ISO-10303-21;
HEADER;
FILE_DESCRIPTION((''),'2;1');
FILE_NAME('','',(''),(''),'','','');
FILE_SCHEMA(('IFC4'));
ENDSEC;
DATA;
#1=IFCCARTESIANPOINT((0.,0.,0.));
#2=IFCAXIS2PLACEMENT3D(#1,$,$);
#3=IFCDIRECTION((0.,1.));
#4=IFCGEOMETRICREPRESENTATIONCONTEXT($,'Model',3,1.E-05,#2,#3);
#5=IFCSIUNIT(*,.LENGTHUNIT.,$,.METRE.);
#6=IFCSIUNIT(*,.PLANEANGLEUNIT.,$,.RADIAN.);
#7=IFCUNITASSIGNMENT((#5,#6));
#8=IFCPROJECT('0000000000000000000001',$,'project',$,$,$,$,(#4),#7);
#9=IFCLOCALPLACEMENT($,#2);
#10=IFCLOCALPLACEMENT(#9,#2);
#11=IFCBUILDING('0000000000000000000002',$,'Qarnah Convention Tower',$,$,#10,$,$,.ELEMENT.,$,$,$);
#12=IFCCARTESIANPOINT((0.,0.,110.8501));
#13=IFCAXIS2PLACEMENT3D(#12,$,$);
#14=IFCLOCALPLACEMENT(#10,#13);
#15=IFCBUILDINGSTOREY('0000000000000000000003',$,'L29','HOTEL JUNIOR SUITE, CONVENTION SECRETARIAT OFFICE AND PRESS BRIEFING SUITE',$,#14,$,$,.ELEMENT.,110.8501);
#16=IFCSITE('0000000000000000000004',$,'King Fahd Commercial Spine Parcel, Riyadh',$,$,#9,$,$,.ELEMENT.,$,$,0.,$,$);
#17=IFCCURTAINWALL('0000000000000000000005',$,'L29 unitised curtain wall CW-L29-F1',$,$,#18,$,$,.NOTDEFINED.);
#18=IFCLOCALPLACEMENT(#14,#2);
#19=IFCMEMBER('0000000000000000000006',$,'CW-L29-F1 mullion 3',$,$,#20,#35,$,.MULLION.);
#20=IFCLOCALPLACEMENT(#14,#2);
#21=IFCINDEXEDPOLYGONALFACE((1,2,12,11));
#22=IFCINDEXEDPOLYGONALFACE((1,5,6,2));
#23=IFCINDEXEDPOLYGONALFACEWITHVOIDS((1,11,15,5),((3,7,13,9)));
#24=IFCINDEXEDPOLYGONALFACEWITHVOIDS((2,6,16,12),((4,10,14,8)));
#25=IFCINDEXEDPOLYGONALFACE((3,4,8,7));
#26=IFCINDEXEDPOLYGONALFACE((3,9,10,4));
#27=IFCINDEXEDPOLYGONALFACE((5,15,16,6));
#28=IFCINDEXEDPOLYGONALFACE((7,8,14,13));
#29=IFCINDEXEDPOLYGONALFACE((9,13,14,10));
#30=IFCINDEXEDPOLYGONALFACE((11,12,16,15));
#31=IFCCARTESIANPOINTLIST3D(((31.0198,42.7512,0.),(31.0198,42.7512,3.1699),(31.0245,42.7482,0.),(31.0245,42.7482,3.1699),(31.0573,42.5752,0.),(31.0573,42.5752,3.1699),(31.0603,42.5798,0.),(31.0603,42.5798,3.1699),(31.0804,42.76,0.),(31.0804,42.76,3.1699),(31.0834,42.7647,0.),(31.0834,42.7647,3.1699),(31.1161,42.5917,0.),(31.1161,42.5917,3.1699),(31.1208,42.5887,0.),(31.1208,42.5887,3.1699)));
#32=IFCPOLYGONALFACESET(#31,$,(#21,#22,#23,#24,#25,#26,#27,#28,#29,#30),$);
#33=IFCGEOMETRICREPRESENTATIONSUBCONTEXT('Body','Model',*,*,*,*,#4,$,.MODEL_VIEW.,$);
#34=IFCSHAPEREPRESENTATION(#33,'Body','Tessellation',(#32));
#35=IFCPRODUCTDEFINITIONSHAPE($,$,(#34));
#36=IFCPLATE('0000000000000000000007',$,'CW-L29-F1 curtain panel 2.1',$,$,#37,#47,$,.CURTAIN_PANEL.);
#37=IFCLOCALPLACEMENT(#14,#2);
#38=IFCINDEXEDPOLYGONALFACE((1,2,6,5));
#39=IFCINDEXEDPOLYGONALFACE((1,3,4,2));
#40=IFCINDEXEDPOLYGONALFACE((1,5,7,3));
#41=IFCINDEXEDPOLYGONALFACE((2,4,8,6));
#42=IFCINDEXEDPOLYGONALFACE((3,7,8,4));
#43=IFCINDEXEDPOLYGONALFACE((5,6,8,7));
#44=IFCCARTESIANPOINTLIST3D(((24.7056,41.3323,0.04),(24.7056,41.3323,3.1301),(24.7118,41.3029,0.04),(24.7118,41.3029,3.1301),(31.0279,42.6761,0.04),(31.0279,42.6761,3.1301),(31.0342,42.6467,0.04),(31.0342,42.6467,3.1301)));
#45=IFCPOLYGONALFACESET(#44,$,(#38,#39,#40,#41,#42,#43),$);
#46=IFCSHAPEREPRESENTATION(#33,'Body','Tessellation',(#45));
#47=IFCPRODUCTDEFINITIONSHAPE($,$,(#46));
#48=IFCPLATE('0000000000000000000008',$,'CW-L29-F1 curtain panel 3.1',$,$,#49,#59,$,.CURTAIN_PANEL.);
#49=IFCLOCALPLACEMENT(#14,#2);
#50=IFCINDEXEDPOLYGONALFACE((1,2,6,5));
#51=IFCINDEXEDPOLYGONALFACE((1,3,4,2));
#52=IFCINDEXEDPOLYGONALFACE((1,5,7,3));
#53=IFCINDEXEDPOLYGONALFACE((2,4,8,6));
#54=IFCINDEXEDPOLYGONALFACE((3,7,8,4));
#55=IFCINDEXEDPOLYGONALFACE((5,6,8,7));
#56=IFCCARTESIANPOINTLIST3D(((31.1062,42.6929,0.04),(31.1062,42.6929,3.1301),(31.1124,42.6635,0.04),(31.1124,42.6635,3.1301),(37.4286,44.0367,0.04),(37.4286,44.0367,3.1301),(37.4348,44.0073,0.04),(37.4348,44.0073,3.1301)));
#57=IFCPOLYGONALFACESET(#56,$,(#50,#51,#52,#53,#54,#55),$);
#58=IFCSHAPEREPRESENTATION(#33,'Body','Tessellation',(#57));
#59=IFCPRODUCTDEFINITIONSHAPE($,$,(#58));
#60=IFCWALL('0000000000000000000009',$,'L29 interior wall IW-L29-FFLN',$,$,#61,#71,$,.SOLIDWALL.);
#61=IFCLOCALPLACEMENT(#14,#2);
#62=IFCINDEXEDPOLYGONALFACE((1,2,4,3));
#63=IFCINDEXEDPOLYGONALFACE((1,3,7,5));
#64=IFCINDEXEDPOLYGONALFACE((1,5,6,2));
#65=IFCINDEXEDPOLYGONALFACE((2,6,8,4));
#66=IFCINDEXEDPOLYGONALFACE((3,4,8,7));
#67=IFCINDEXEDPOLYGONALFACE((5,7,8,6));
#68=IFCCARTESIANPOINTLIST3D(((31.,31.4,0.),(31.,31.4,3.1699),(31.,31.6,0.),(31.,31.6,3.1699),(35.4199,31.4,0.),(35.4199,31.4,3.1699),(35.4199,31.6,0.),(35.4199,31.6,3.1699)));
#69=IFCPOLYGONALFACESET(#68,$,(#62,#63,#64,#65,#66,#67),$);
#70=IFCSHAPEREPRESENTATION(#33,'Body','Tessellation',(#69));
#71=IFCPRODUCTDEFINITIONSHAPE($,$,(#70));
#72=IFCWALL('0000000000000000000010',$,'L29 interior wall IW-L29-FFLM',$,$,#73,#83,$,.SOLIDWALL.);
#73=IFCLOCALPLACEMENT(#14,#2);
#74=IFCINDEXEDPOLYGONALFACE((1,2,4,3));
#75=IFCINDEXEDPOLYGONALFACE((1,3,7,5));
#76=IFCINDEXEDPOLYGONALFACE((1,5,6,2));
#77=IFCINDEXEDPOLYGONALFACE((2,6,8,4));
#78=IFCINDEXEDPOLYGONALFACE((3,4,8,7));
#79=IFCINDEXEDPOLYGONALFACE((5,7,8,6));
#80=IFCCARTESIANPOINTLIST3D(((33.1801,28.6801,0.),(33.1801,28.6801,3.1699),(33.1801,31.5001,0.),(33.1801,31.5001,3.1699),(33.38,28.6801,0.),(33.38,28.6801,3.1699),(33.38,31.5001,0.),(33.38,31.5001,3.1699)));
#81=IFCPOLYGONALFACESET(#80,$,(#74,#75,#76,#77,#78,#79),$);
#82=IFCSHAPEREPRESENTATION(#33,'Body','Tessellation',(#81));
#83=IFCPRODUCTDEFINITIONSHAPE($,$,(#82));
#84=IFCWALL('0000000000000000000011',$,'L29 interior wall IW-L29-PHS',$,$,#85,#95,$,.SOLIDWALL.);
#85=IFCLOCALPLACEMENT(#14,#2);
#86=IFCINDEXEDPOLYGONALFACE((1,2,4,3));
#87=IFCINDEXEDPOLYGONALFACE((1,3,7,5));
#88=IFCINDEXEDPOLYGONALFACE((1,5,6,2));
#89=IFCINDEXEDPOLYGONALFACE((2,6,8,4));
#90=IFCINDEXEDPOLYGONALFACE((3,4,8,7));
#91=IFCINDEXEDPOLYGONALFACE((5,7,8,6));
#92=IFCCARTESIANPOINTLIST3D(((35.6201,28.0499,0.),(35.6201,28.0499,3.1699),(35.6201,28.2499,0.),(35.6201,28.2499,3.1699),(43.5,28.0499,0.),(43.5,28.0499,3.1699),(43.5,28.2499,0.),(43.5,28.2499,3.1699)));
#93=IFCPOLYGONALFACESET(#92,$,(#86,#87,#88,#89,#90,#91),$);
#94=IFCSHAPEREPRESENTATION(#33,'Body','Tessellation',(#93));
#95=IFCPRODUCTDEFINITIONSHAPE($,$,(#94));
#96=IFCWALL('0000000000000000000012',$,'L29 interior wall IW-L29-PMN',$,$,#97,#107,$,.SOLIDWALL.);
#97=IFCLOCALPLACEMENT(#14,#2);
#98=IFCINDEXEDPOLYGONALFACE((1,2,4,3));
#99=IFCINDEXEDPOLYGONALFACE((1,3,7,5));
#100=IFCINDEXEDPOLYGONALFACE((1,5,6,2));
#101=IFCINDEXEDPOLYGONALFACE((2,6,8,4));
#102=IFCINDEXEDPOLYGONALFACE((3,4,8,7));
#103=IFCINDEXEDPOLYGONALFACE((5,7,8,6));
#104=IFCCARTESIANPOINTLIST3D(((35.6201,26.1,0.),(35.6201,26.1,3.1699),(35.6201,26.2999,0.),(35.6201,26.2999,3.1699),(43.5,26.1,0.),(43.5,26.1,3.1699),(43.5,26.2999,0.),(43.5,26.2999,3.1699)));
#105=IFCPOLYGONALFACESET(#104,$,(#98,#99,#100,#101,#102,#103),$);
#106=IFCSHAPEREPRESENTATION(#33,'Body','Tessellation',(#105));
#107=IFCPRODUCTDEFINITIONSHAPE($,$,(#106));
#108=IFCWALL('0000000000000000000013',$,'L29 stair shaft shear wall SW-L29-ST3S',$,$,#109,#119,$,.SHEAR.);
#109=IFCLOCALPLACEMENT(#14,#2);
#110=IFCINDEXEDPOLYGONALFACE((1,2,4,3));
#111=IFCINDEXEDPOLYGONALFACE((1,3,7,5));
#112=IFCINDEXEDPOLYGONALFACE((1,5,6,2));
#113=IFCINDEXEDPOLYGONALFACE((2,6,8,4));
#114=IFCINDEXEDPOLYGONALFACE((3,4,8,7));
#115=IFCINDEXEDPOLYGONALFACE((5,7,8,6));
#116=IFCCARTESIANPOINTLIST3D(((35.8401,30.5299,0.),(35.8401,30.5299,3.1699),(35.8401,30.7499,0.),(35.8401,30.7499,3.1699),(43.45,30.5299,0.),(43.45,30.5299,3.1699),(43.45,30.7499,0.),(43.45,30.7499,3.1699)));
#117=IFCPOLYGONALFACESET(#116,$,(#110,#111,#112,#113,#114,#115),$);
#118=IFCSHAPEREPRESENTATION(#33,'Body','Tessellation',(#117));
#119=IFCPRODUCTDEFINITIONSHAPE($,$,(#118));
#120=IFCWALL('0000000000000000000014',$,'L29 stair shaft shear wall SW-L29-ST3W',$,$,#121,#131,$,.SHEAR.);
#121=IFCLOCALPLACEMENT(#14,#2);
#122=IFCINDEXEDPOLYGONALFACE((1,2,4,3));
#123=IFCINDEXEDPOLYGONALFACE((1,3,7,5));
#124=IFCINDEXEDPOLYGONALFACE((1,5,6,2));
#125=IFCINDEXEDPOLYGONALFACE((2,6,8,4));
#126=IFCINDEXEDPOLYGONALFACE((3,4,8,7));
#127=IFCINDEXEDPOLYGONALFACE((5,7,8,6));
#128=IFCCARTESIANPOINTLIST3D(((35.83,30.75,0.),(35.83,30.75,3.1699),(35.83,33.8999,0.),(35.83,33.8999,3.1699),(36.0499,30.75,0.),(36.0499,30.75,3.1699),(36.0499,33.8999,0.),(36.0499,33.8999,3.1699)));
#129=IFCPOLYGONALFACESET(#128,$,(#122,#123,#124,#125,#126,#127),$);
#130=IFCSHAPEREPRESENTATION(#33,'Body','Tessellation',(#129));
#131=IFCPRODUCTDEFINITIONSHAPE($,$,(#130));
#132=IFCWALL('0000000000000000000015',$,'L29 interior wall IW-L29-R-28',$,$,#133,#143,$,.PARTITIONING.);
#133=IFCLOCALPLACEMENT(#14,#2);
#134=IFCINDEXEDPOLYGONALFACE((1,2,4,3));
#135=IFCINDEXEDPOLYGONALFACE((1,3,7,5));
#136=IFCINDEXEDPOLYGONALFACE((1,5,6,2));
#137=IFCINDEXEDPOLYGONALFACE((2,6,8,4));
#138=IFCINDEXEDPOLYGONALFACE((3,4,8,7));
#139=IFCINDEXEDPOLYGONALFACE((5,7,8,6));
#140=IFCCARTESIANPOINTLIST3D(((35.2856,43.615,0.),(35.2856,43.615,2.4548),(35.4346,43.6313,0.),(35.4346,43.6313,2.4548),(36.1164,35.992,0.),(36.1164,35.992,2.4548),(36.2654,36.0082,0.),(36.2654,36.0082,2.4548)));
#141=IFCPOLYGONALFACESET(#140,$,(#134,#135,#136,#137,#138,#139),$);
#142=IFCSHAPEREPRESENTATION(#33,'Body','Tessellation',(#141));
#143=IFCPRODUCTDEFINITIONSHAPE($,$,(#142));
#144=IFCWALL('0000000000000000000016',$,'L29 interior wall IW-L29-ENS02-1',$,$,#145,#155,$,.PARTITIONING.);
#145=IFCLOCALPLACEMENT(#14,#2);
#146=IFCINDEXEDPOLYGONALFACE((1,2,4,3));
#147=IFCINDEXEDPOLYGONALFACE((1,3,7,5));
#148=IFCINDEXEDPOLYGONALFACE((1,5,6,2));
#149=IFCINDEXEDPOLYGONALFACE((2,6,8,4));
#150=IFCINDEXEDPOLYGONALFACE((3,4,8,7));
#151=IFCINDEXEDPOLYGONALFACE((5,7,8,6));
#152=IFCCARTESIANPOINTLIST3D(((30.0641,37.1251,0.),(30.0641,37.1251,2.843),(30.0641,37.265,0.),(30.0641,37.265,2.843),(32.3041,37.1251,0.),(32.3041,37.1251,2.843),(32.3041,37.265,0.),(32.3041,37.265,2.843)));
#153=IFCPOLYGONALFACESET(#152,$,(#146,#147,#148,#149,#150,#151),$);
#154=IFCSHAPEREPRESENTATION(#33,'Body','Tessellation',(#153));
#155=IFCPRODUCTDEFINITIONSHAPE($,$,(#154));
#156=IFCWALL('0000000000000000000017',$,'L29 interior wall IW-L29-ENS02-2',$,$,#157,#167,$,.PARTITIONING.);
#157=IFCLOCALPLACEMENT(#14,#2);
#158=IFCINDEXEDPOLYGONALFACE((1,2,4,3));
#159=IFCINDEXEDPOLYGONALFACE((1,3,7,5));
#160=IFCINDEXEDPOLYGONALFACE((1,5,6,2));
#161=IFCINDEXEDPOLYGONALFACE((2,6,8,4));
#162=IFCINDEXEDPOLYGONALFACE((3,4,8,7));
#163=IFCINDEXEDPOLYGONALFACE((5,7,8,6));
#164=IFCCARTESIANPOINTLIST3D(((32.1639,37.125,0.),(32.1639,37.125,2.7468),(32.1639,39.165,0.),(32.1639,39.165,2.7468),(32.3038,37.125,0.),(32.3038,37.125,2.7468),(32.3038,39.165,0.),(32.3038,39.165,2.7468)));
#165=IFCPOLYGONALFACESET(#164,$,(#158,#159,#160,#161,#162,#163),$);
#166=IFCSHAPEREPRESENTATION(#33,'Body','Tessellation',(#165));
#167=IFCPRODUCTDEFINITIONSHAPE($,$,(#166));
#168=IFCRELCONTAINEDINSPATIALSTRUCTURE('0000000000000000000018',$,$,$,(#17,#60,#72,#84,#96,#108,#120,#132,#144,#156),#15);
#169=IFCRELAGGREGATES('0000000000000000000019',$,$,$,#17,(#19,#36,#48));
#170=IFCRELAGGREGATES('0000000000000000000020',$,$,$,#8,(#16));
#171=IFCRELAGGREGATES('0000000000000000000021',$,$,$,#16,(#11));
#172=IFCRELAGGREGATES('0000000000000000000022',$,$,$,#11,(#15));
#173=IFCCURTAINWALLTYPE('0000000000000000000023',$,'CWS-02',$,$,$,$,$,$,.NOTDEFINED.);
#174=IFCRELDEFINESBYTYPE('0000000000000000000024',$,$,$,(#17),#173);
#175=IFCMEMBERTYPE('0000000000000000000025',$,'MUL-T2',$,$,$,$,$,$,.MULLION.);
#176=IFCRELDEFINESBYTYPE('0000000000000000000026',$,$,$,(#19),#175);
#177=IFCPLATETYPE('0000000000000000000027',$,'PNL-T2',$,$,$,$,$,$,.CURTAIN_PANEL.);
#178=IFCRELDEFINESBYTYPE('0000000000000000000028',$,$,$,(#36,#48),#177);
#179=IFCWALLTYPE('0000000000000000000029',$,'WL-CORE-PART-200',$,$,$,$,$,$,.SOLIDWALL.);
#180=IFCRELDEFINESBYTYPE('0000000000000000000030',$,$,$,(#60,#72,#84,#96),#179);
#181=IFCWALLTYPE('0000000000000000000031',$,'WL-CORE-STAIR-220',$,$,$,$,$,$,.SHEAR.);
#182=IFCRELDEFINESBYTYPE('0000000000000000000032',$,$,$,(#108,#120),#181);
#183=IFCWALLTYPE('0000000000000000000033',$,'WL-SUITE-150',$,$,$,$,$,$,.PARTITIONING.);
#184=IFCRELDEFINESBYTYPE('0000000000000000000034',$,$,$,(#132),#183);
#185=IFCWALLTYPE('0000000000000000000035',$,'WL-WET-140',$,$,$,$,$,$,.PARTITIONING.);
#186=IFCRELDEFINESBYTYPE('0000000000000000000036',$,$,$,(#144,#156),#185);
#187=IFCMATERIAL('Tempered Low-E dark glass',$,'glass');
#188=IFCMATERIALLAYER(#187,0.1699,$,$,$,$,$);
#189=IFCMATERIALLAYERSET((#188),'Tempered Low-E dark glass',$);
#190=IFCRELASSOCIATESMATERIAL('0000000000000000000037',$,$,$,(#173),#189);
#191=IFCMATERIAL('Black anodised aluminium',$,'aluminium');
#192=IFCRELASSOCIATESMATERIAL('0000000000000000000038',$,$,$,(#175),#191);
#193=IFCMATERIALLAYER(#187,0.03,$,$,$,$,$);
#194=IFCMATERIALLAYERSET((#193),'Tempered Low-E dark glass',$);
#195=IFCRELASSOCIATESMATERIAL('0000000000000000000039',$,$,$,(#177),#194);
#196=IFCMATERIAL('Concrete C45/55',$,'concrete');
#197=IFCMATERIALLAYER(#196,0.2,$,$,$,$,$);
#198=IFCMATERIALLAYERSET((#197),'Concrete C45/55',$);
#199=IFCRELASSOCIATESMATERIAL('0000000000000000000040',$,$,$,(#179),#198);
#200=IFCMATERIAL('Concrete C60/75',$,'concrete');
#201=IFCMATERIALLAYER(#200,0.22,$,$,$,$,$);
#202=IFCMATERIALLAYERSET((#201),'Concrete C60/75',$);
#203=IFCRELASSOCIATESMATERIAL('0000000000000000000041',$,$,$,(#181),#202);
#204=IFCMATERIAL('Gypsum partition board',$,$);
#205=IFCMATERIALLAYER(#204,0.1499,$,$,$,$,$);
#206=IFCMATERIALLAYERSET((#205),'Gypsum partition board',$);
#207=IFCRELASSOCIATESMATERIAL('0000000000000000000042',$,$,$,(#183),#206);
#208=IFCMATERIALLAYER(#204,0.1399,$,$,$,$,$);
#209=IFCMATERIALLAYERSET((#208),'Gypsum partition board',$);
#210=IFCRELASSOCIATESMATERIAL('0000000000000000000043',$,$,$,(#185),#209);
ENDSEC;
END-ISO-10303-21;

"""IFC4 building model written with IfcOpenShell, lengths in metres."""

from ifc_helpers import new_model, si_unit, direction, frame, frame_2d, origin, origin_2d, place, context, subcontext, project, spatial, rectangle, hollow_rectangle, extrude, material, layer, layer_set, material_profile, profile_set, type_object, element, aggregate, save


model = new_model("IFC4")

# Units and contexts
model_context = context("Model", 3, precision=1e-05, world=origin(), true_north=direction((0.0, 1.0)))
body_context = subcontext(model_context, "Body", "Model", "MODEL_VIEW")
ifc_project = project(units=[si_unit("LENGTHUNIT", "METRE"), si_unit("PLANEANGLEUNIT", "RADIAN")], contexts=[model_context])

# Site, building, storey
site_placement = place(None, origin())
site = spatial("IfcSite", under=ifc_project, at=site_placement, Name="King Fahd Commercial Spine Parcel, Riyadh", CompositionType="ELEMENT", RefElevation=0.0)
building_placement = place(site_placement, origin())
building = spatial("IfcBuilding", under=site, at=building_placement, Name="Qarnah Convention Tower", CompositionType="ELEMENT")
storey_placement = place(building_placement, frame((0.0, 0.0, 110.8501)))
storey = spatial("IfcBuildingStorey", under=building, at=storey_placement, Name="L29", Description="HOTEL JUNIOR SUITE, CONVENTION SECRETARIAT OFFICE AND PRESS BRIEFING SUITE", CompositionType="ELEMENT", Elevation=110.8501)

# Shared definitions
ifc_material_1 = material(Name="Concrete C60/75", Category="concrete")

# Curtain wall, member, plates
ifc_material_2 = material(Name="Tempered Low-E dark glass", Category="glass")
ifc_layer_1 = layer(ifc_material_2, 0.1699)
ifc_layer_set_1 = layer_set([ifc_layer_1], Name="Tempered Low-E dark glass")
curtain_wall_type = type_object("IfcCurtainWallType", Name="CWS-02", PredefinedType="NOTDEFINED", material=ifc_layer_set_1)
curtain_wall_placement = place(storey_placement, origin())
curtain_wall = element("IfcCurtainWall", 1, at=curtain_wall_placement, inside=storey, type_object=curtain_wall_type, Name="L29 unitised curtain wall CW-L29-F1", PredefinedType="NOTDEFINED")
ifc_material_3 = material(Name="Black anodised aluminium", Category="aluminium")
ifc_material_profile_1 = material_profile(ifc_material_3, hollow_rectangle(XDim=0.0649, YDim=0.1799, WallThickness=0.0039, at=origin_2d()), Name="MUL-65X180")
ifc_profile_set_1 = profile_set([ifc_material_profile_1], Name="Black anodised aluminium")
member_type = type_object("IfcMemberType", Name="MUL-T2", PredefinedType="MULLION", material=ifc_profile_set_1)
member_placement = place(storey_placement, frame((31.0703, 42.6699, 0.0), z_axis=(0.0, 0.0, 1.0), x_axis=(0.97815, 0.207899, 0.0)))
member = element("IfcMember", 2, at=member_placement, type_object=member_type, Name="CW-L29-F1 mullion 3", PredefinedType="MULLION", context=body_context, shape_type="SweptSolid", body=[
    extrude(hollow_rectangle(XDim=0.0649, YDim=0.1799, WallThickness=0.0039, at=origin_2d()), origin(), (0.0, 0.0, 1.0), 3.1699),
])
ifc_layer_2 = layer(ifc_material_2, 0.03)
ifc_layer_set_2 = layer_set([ifc_layer_2], Name="Tempered Low-E dark glass")
plate_type = type_object("IfcPlateType", Name="PNL-T2", PredefinedType="CURTAIN_PANEL", material=ifc_layer_set_2)
plate_1_placement = place(storey_placement, frame((27.8699, 41.9895, 0.04), z_axis=(0.0, 0.0, 1.0), x_axis=(0.97815, 0.207899, 0.0)))
plate_1 = element("IfcPlate", 3, at=plate_1_placement, type_object=plate_type, Name="CW-L29-F1 curtain panel 2.1", PredefinedType="CURTAIN_PANEL", context=body_context, shape_type="SweptSolid", body=[
    extrude(rectangle(XDim=6.4636, YDim=0.03, at=origin_2d()), origin(), (0.0, 0.0, 1.0), 3.0901),
])
plate_2_placement = place(storey_placement, frame((34.2705, 43.3501, 0.04), z_axis=(0.0, 0.0, 1.0), x_axis=(0.97815, 0.207899, 0.0)))
plate_2 = element("IfcPlate", 4, at=plate_2_placement, type_object=plate_type, Name="CW-L29-F1 curtain panel 3.1", PredefinedType="CURTAIN_PANEL", context=body_context, shape_type="SweptSolid", body=[
    extrude(rectangle(XDim=6.4636, YDim=0.03, at=origin_2d()), origin(), (0.0, 0.0, 1.0), 3.0901),
])
aggregate(curtain_wall, [member, plate_1, plate_2])

# Shared definitions
ifc_material_4 = material(Name="Concrete C45/55", Category="concrete")
ifc_layer_3 = layer(ifc_material_4, 0.2)
ifc_layer_set_3 = layer_set([ifc_layer_3], Name="Concrete C45/55")
wall_type_1 = type_object("IfcWallType", Name="WL-CORE-PART-200", PredefinedType="SOLIDWALL", material=ifc_layer_set_3)

# Walls
wall_1_placement = place(storey_placement, frame((31.0, 31.5, 0.0), z_axis=(0.0, 0.0, 1.0), x_axis=(1.0, 0.0, 0.0)))
element("IfcWall", 5, at=wall_1_placement, inside=storey, type_object=wall_type_1, Name="L29 interior wall IW-L29-FFLN", PredefinedType="SOLIDWALL", context=body_context, shape_type="SweptSolid", body=[
    extrude(rectangle(XDim=4.4199, YDim=0.2, at=frame_2d((2.21, 0.0))), origin(), (0.0, 0.0, 1.0), 3.1699),
])
wall_2_placement = place(storey_placement, frame((33.28, 28.6799, 0.0), z_axis=(0.0, 0.0, 1.0), x_axis=(0.0, 1.0, 0.0)))
element("IfcWall", 6, at=wall_2_placement, inside=storey, type_object=wall_type_1, Name="L29 interior wall IW-L29-FFLM", PredefinedType="SOLIDWALL", context=body_context, shape_type="SweptSolid", body=[
    extrude(rectangle(XDim=2.8201, YDim=0.2, at=frame_2d((1.4102, 0.0))), origin(), (0.0, 0.0, 1.0), 3.1699),
])
for number, where, z_axis, x_axis, name in (
    (7, (35.6201, 28.1499, 0.0), (0.0, 0.0, 1.0), (1.0, 0.0, 0.0), "L29 interior wall IW-L29-PHS"),
    (8, (35.6201, 26.2, 0.0), (0.0, 0.0, 1.0), (1.0, 0.0, 0.0), "L29 interior wall IW-L29-PMN"),
):
    element("IfcWall", number, at=place(storey_placement, frame(where, z_axis=z_axis, x_axis=x_axis)), inside=storey, type_object=wall_type_1, Name=name, PredefinedType="SOLIDWALL", context=body_context, shape_type="SweptSolid", body=[
        extrude(rectangle(XDim=7.8799, YDim=0.2, at=frame_2d((3.9399, 0.0))), origin(), (0.0, 0.0, 1.0), 3.1699),
    ])
ifc_layer_4 = layer(ifc_material_1, 0.22)
ifc_layer_set_4 = layer_set([ifc_layer_4], Name="Concrete C60/75")
wall_type_2 = type_object("IfcWallType", Name="WL-CORE-STAIR-220", PredefinedType="SHEAR", material=ifc_layer_set_4)
wall_3_placement = place(storey_placement, frame((35.8401, 30.6399, 0.0), z_axis=(0.0, 0.0, 1.0), x_axis=(1.0, 0.0, 0.0)))
element("IfcWall", 9, at=wall_3_placement, inside=storey, type_object=wall_type_2, Name="L29 stair shaft shear wall SW-L29-ST3S", PredefinedType="SHEAR", context=body_context, shape_type="SweptSolid", body=[
    extrude(rectangle(XDim=7.6099, YDim=0.22, at=frame_2d((3.8049, 0.0))), origin(), (0.0, 0.0, 1.0), 3.1699),
])
wall_4_placement = place(storey_placement, frame((35.9399, 30.75, 0.0), z_axis=(0.0, 0.0, 1.0), x_axis=(0.0, 1.0, 0.0)))
element("IfcWall", 10, at=wall_4_placement, inside=storey, type_object=wall_type_2, Name="L29 stair shaft shear wall SW-L29-ST3W", PredefinedType="SHEAR", context=body_context, shape_type="SweptSolid", body=[
    extrude(rectangle(XDim=3.1499, YDim=0.22, at=frame_2d((1.575, 0.0))), origin(), (0.0, 0.0, 1.0), 3.1699),
])
ifc_material_5 = material(Name="Gypsum partition board")
ifc_layer_5 = layer(ifc_material_5, 0.1499)
ifc_layer_set_5 = layer_set([ifc_layer_5], Name="Gypsum partition board")
wall_type_3 = type_object("IfcWallType", Name="WL-SUITE-150", PredefinedType="PARTITIONING", material=ifc_layer_set_5)
wall_5_placement = place(storey_placement, frame((35.3601, 43.623, 0.0), z_axis=(0.0, 0.0, 1.0), x_axis=(0.108345, -0.994113, 0.0)))
element("IfcWall", 11, at=wall_5_placement, inside=storey, type_object=wall_type_3, Name="L29 interior wall IW-L29-R-28", PredefinedType="PARTITIONING", context=body_context, shape_type="SweptSolid", body=[
    extrude(rectangle(XDim=7.6682, YDim=0.1499, at=frame_2d((3.834, 0.0))), origin(), (0.0, 0.0, 1.0), 2.4548),
])

# Walls
ifc_layer_6 = layer(ifc_material_5, 0.1399)
ifc_layer_set_6 = layer_set([ifc_layer_6], Name="Gypsum partition board")
wall_type_4 = type_object("IfcWallType", Name="WL-WET-140", PredefinedType="PARTITIONING", material=ifc_layer_set_6)
wall_6_placement = place(storey_placement, frame((30.064, 37.1951, 0.0), z_axis=(0.0, 0.0, 1.0), x_axis=(1.0, 0.0, 0.0)))
element("IfcWall", 12, at=wall_6_placement, inside=storey, type_object=wall_type_4, Name="L29 interior wall IW-L29-ENS02-1", PredefinedType="PARTITIONING", context=body_context, shape_type="SweptSolid", body=[
    extrude(rectangle(XDim=2.24, YDim=0.1399, at=frame_2d((1.1201, 0.0))), origin(), (0.0, 0.0, 1.0), 2.843),
])
wall_7_placement = place(storey_placement, frame((32.2339, 37.125, 0.0), z_axis=(0.0, 0.0, 1.0), x_axis=(0.0, 1.0, 0.0)))
element("IfcWall", 13, at=wall_7_placement, inside=storey, type_object=wall_type_4, Name="L29 interior wall IW-L29-ENS02-2", PredefinedType="PARTITIONING", context=body_context, shape_type="SweptSolid", body=[
    extrude(rectangle(XDim=2.04, YDim=0.1399, at=frame_2d((1.02, 0.0))), origin(), (0.0, 0.0, 1.0), 2.7468),
])

save(model, "model.ifc")
